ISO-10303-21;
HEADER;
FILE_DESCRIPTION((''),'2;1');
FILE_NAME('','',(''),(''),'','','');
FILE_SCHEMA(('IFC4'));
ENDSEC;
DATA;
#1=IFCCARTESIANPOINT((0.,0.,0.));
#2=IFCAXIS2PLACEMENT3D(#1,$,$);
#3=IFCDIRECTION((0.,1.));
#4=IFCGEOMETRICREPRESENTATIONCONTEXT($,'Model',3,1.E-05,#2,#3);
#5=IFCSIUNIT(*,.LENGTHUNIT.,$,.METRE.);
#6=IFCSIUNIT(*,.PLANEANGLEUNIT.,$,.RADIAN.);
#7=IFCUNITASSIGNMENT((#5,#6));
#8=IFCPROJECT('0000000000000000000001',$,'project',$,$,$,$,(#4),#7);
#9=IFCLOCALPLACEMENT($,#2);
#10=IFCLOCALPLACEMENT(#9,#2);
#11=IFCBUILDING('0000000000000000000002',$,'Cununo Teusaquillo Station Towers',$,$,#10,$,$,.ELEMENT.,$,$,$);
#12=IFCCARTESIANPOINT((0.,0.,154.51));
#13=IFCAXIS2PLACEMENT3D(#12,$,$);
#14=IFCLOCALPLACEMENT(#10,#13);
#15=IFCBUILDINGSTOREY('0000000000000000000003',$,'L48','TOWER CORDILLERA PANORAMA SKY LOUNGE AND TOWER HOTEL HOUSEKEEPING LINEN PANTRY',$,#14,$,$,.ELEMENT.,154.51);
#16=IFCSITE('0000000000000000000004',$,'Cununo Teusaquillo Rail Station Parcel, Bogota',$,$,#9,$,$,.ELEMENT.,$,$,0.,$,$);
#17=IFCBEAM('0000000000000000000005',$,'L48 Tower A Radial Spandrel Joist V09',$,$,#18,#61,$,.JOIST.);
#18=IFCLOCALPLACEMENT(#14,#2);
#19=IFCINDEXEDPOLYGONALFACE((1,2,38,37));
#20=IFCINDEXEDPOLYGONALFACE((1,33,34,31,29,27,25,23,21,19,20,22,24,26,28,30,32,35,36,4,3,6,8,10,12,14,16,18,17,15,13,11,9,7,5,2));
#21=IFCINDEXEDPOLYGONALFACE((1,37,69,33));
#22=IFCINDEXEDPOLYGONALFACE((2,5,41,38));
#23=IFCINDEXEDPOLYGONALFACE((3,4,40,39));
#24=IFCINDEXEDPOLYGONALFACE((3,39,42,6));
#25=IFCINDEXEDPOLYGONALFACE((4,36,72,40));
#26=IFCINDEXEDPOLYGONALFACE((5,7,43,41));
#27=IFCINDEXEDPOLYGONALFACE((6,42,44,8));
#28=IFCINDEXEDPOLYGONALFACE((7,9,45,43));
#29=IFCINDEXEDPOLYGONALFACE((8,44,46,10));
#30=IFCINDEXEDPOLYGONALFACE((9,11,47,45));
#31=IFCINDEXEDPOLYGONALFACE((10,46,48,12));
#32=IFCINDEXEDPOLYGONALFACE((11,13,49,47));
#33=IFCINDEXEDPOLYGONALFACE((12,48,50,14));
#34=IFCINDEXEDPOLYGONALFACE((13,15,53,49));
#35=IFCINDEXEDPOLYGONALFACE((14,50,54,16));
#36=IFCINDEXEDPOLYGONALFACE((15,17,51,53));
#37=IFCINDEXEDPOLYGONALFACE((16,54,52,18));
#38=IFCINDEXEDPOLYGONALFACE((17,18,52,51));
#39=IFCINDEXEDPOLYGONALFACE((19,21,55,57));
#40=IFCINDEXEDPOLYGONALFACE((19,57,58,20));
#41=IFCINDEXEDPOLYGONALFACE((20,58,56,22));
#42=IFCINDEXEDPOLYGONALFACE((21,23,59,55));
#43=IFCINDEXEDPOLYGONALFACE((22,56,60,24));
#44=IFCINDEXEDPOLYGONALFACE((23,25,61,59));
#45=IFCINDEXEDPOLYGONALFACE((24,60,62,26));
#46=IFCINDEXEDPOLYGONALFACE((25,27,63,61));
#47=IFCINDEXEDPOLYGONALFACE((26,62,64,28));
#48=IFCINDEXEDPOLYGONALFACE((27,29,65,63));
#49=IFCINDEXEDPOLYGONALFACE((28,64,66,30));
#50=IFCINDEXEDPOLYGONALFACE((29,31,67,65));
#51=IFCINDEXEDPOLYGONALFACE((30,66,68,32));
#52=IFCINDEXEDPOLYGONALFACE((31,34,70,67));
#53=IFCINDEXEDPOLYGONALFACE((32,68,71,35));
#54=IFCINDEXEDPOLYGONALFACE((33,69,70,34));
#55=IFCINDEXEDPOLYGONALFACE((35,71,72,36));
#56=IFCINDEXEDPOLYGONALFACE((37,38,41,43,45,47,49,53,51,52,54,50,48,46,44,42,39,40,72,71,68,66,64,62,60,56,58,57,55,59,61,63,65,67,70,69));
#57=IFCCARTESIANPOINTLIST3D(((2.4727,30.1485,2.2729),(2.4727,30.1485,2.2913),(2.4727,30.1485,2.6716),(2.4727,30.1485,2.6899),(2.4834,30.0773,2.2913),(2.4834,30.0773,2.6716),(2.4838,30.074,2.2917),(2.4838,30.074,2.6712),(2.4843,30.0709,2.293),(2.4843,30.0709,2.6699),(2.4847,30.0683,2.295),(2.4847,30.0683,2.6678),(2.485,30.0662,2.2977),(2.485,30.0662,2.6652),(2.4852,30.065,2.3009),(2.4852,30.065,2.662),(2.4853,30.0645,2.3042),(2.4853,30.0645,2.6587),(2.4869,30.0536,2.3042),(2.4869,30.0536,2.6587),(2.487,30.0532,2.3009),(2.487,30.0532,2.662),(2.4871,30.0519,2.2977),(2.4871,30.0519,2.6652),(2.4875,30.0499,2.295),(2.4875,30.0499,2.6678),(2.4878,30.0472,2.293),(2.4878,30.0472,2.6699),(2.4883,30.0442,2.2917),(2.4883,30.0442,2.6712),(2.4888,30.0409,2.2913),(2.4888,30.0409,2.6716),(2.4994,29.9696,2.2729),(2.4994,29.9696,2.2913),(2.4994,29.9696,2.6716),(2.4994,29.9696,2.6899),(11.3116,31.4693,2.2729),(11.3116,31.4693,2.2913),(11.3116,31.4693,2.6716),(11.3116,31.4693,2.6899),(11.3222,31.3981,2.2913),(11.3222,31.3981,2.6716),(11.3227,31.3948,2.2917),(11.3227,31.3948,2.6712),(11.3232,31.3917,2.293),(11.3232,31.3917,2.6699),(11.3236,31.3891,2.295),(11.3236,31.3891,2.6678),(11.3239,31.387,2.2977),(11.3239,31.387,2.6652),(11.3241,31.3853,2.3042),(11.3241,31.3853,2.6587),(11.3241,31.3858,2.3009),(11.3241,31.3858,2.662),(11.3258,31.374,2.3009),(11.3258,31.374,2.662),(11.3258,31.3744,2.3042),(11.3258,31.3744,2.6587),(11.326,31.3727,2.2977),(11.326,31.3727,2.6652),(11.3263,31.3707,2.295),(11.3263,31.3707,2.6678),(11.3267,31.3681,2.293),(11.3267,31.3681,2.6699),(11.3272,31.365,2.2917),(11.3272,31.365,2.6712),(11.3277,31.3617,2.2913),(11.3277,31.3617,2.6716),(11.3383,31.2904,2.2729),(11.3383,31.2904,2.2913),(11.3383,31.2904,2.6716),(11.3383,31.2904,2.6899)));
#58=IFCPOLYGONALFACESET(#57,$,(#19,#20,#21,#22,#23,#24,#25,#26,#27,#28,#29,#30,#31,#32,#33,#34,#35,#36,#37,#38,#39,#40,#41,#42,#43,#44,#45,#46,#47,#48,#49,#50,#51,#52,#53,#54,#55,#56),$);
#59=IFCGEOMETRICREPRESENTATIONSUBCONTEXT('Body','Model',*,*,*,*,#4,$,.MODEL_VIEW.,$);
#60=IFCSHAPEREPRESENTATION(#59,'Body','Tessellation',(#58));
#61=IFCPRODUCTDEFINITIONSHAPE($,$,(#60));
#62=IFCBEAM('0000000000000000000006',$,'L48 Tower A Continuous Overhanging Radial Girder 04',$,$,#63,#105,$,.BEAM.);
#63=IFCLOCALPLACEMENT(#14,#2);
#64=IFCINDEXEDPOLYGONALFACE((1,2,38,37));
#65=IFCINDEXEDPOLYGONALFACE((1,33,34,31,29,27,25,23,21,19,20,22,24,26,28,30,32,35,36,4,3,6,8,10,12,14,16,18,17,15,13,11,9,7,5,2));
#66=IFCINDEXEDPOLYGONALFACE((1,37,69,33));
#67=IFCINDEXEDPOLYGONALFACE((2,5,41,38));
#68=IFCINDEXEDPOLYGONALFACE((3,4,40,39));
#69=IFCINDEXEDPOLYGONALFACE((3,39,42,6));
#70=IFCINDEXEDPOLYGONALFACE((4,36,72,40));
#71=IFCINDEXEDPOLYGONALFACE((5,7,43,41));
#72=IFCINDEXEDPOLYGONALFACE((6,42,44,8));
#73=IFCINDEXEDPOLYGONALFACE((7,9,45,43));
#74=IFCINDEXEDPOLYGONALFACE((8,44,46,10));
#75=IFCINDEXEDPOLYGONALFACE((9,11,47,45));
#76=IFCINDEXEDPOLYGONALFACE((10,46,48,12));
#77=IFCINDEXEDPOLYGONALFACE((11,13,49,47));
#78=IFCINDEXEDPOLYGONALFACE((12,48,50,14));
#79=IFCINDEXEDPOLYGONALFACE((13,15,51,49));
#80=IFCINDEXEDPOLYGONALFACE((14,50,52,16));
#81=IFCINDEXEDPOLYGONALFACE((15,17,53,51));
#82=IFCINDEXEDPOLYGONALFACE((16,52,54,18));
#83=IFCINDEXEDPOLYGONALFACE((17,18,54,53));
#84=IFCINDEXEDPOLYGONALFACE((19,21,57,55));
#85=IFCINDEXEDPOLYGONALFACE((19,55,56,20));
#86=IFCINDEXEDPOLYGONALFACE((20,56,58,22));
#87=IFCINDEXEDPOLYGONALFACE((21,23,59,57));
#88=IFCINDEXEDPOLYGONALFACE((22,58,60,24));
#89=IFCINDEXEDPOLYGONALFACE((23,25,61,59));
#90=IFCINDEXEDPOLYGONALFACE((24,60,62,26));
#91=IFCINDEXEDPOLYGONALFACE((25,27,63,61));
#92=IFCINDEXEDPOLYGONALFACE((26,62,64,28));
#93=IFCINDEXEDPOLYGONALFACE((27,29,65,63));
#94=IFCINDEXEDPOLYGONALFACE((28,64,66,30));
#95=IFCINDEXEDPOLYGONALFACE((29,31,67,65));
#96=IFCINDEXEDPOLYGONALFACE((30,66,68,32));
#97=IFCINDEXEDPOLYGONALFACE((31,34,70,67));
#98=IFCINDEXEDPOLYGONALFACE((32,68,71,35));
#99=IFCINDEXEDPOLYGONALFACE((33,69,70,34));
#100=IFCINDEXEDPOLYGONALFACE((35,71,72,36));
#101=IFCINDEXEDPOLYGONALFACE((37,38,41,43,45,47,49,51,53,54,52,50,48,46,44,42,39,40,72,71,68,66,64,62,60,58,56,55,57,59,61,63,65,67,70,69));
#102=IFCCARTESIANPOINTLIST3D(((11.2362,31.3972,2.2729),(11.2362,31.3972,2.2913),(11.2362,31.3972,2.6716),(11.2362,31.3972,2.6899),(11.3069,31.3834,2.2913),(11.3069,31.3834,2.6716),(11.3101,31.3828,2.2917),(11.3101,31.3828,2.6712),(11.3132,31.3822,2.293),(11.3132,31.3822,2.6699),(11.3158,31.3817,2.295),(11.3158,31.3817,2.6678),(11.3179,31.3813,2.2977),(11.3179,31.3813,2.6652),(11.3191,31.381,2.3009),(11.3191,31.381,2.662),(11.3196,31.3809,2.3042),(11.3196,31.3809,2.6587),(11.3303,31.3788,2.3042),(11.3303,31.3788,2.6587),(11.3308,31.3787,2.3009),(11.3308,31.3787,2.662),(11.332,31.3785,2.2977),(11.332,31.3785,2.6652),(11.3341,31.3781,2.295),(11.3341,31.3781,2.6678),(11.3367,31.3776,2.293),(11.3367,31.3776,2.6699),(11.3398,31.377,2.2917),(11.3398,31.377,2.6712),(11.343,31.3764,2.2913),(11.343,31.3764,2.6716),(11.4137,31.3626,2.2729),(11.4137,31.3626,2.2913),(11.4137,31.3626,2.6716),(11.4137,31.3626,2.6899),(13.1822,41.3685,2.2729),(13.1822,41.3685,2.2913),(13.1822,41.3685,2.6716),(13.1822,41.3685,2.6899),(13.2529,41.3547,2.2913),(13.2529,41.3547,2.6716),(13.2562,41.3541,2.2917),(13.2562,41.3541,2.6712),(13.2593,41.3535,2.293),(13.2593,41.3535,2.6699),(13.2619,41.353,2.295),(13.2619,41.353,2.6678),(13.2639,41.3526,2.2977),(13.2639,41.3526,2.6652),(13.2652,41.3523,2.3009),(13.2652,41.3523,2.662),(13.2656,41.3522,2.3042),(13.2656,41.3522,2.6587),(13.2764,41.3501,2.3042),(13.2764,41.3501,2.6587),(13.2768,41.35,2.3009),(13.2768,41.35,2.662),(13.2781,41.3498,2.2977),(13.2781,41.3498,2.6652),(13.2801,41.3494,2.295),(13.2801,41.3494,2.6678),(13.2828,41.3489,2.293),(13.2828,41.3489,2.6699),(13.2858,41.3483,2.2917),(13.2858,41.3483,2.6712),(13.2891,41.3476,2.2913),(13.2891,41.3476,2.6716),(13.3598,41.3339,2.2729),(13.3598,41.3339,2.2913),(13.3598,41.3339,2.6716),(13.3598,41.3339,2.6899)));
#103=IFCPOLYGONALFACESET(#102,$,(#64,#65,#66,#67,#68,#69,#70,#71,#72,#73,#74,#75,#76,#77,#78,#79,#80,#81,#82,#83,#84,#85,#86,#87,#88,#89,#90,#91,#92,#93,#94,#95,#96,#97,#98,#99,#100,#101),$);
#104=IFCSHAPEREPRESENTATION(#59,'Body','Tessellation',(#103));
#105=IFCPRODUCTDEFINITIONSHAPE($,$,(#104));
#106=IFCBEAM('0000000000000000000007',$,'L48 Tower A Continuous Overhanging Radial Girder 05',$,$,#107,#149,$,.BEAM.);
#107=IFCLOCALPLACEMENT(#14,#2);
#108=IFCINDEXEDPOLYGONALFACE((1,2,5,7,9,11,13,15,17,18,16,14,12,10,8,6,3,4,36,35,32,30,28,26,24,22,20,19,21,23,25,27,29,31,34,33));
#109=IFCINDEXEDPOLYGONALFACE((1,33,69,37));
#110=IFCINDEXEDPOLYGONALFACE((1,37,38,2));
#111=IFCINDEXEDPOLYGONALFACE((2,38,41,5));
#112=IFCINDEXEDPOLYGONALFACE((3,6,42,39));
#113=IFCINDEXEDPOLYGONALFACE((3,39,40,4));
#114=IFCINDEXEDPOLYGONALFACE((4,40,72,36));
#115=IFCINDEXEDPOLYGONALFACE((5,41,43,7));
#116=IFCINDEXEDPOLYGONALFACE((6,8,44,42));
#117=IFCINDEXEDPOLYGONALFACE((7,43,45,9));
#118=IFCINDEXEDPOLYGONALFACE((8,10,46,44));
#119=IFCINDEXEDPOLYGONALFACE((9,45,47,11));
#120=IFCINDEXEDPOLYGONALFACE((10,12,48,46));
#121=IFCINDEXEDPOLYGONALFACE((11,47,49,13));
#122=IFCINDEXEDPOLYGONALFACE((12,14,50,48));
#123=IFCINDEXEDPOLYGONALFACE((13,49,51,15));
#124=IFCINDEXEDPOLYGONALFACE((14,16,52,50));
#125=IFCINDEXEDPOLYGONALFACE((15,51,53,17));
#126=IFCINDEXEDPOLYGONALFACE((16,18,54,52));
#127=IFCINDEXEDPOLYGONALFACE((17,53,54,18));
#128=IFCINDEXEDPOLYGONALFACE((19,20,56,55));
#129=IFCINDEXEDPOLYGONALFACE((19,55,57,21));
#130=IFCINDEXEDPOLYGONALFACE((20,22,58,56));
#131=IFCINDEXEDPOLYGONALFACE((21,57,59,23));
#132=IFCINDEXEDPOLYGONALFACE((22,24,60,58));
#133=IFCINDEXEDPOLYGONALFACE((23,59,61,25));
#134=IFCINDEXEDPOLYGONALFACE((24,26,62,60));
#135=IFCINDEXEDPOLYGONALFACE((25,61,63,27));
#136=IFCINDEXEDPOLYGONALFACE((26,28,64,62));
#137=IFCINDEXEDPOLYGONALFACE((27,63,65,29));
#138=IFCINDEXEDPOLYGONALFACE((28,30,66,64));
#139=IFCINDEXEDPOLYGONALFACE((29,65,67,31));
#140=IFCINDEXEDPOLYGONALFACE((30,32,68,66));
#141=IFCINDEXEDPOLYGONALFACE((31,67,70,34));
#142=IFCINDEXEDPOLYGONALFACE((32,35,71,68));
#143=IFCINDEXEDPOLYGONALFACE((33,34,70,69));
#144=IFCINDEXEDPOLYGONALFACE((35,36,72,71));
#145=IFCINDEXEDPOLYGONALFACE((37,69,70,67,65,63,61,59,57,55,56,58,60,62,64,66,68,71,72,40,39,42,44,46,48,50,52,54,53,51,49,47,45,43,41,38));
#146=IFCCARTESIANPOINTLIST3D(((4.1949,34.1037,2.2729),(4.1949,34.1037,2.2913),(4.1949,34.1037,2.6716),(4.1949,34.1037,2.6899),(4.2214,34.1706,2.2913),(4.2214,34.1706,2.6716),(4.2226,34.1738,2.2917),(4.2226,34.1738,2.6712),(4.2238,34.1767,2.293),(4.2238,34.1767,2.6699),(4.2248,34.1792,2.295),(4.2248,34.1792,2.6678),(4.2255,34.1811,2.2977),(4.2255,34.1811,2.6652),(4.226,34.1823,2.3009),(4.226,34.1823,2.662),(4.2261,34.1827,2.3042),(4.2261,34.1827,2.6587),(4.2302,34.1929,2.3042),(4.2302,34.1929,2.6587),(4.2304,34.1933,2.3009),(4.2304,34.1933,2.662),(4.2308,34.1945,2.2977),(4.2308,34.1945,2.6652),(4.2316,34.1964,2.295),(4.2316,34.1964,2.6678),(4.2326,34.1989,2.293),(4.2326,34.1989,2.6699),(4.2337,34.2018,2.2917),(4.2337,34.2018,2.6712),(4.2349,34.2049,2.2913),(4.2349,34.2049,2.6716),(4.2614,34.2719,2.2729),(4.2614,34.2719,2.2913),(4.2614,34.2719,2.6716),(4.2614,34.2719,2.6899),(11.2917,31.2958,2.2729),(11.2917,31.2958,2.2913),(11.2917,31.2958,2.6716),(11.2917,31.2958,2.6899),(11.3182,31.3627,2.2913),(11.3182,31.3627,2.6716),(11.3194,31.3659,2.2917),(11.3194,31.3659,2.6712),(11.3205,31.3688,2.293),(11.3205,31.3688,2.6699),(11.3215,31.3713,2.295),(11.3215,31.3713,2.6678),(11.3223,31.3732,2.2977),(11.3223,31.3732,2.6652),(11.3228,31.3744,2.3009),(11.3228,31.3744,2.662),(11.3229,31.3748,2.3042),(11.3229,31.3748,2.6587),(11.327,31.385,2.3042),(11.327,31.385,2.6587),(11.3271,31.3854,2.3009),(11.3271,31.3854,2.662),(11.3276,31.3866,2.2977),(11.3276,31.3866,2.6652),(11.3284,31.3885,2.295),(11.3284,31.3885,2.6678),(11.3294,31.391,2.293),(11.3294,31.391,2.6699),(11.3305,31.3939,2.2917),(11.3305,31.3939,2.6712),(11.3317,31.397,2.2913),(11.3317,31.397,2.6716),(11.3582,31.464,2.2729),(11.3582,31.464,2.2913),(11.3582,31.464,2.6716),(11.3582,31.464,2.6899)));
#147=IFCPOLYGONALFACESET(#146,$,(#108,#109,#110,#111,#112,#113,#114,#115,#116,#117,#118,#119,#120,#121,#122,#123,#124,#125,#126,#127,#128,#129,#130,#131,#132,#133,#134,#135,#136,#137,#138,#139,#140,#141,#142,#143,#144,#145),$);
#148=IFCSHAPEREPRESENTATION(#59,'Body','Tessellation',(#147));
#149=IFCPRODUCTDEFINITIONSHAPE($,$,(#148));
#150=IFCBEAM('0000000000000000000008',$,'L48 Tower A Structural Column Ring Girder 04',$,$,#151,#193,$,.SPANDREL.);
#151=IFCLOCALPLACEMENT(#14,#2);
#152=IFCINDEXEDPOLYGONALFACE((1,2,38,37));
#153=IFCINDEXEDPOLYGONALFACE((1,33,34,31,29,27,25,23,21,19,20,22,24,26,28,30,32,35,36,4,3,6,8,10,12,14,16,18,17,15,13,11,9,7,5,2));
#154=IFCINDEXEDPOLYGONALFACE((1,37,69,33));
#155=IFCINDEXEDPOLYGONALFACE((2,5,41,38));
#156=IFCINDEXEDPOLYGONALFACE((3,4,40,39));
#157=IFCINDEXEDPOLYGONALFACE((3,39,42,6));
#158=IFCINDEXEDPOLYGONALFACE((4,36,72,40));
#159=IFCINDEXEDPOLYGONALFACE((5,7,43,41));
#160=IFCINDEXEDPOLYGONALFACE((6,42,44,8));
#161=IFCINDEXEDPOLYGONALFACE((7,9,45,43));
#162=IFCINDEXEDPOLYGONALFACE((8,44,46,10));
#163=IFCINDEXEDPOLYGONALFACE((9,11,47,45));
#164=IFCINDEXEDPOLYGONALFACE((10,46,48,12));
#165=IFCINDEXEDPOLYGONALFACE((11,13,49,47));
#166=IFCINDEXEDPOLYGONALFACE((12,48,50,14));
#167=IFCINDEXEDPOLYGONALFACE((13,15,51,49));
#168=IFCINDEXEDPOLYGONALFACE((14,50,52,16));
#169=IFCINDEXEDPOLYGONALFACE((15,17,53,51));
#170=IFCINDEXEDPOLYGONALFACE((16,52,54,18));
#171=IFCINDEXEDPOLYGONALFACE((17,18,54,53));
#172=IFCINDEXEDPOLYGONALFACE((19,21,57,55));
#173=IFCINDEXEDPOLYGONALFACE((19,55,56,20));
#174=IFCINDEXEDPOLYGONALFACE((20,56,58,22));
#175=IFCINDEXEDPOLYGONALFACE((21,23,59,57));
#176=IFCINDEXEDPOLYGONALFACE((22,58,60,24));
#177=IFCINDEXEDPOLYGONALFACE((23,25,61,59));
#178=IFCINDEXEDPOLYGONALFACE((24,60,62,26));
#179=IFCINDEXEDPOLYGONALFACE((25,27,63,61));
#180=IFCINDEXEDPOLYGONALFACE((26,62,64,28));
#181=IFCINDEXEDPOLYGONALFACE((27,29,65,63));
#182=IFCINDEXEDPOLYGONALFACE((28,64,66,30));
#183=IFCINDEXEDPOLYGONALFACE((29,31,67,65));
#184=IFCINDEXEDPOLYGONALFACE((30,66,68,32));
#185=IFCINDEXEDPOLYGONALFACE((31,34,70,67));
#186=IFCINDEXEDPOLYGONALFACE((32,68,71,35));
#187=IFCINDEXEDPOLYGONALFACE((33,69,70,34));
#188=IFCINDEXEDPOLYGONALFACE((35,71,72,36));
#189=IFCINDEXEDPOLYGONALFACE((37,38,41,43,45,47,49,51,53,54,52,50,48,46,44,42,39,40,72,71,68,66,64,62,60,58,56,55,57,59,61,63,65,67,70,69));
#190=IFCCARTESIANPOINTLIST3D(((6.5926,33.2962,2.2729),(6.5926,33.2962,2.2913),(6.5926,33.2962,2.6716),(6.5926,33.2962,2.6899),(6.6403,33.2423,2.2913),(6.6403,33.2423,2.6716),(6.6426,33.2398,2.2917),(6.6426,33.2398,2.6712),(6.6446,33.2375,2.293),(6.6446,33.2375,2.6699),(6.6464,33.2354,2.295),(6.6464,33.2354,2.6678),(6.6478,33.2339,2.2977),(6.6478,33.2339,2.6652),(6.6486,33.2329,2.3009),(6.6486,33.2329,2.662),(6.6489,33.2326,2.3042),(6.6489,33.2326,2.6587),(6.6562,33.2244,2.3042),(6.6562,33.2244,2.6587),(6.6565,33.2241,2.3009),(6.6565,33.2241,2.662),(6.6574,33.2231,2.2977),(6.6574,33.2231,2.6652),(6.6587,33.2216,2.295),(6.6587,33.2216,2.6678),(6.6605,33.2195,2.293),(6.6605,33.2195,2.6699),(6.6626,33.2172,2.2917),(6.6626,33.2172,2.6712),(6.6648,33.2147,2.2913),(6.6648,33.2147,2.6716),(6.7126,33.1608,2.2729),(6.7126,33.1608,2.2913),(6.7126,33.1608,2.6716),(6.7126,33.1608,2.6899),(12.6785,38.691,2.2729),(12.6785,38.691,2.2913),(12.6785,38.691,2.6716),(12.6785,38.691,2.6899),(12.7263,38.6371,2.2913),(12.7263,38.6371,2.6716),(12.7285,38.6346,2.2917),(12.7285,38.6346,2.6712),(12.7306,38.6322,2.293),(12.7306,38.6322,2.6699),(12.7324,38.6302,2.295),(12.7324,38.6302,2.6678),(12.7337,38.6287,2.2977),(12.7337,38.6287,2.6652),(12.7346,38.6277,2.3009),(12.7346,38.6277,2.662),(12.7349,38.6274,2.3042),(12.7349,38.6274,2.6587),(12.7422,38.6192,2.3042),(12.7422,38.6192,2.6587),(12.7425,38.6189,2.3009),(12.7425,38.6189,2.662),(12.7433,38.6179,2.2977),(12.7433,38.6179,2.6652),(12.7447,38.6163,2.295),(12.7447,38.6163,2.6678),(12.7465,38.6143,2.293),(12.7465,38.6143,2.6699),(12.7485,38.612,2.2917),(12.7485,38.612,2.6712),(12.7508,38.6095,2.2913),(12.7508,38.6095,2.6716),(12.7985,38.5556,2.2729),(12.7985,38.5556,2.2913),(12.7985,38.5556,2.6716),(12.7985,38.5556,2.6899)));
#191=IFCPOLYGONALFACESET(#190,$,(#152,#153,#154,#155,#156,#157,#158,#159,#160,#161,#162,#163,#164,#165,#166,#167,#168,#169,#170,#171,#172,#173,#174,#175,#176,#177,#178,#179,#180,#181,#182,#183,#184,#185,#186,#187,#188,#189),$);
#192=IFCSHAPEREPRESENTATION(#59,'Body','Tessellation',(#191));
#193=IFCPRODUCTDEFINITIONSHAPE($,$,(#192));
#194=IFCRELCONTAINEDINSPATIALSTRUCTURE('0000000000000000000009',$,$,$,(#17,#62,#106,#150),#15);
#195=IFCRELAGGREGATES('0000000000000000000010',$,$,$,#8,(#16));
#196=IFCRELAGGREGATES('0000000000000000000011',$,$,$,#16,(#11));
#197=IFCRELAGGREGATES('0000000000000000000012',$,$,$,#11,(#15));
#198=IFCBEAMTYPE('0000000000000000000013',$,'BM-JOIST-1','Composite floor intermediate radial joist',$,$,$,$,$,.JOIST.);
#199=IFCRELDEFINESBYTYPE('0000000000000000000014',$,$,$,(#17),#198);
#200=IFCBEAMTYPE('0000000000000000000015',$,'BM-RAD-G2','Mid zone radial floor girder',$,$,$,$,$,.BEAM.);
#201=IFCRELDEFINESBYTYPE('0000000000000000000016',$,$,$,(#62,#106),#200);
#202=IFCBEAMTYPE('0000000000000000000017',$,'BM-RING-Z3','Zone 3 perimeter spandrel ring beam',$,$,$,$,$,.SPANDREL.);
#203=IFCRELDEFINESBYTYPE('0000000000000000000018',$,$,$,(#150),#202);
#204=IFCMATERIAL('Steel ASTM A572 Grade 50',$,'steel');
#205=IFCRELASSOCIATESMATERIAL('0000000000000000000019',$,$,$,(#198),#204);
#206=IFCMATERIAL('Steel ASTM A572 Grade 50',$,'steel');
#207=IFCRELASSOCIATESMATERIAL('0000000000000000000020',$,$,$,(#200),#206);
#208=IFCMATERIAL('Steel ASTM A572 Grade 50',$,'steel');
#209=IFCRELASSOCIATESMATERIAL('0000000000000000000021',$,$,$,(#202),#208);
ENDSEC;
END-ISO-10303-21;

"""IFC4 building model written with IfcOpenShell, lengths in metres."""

from ifc_helpers import new_model, si_unit, direction, frame, origin, origin_2d, place, context, subcontext, project, spatial, i_section, extrude, material, material_profile, profile_set, type_object, element, save


model = new_model("IFC4")

# Units and contexts
model_context = context("Model", 3, precision=1e-05, world=origin(), true_north=direction((0.0, 1.0)))
body_context = subcontext(model_context, "Body", "Model", "MODEL_VIEW")
ifc_project = project(units=[si_unit("LENGTHUNIT", "METRE"), si_unit("PLANEANGLEUNIT", "RADIAN")], contexts=[model_context])

# Site, building, storey
site_placement = place(None, origin())
site = spatial("IfcSite", under=ifc_project, at=site_placement, Name="Cununo Teusaquillo Rail Station Parcel, Bogota", CompositionType="ELEMENT", RefElevation=0.0)
building_placement = place(site_placement, origin())
building = spatial("IfcBuilding", under=site, at=building_placement, Name="Cununo Teusaquillo Station Towers", CompositionType="ELEMENT")
storey_placement = place(building_placement, frame((0.0, 0.0, 154.51)))
storey = spatial("IfcBuildingStorey", under=building, at=storey_placement, Name="L48", Description="TOWER CORDILLERA PANORAMA SKY LOUNGE AND TOWER HOTEL HOUSEKEEPING LINEN PANTRY", CompositionType="ELEMENT", Elevation=154.51)

# Beams
ifc_material_1 = material(Name="Steel ASTM A572 Grade 50", Category="steel")
ifc_material_profile_1 = material_profile(ifc_material_1, i_section(OverallWidth=0.1809, OverallDepth=0.417, WebThickness=0.011, FlangeThickness=0.0183, FilletRadius=0.0129, at=origin_2d()), Name="W16X57")
ifc_profile_set_1 = profile_set([ifc_material_profile_1], Name="Steel ASTM A572 Grade 50")
beam_type_1 = type_object("IfcBeamType", Name="BM-JOIST-1", Description="Composite floor intermediate radial joist", PredefinedType="JOIST", material=ifc_profile_set_1)
beam_1_placement = place(storey_placement, frame((11.325, 31.3799, 2.4814), z_axis=(-0.989019, -0.14779, 0.0), x_axis=(0.14779, -0.989019, 0.0)))
element("IfcBeam", 1, at=beam_1_placement, inside=storey, type_object=beam_type_1, Name="L48 Tower A Radial Spandrel Joist V09", PredefinedType="JOIST", context=body_context, shape_type="SweptSolid", body=[
    extrude(i_section(OverallWidth=0.1809, OverallDepth=0.417, WebThickness=0.011, FlangeThickness=0.0183, FilletRadius=0.0129, at=origin_2d()), origin(), (0.0, 0.0, 1.0), 8.937),
])
ifc_material_2 = material(Name="Steel ASTM A572 Grade 50", Category="steel")
ifc_material_profile_2 = material_profile(ifc_material_2, i_section(OverallWidth=0.1809, OverallDepth=0.417, WebThickness=0.011, FlangeThickness=0.0183, FilletRadius=0.0129, at=origin_2d()), Name="W16X57")
ifc_profile_set_2 = profile_set([ifc_material_profile_2], Name="Steel ASTM A572 Grade 50")
beam_type_2 = type_object("IfcBeamType", Name="BM-RAD-G2", Description="Mid zone radial floor girder", PredefinedType="BEAM", material=ifc_profile_set_2)
beam_2_placement = place(storey_placement, frame((11.325, 31.3799, 2.4814), z_axis=(0.191553, 0.981482, 0.0), x_axis=(-0.981482, 0.191553, 0.0)))
element("IfcBeam", 2, at=beam_2_placement, inside=storey, type_object=beam_type_2, Name="L48 Tower A Continuous Overhanging Radial Girder 04", PredefinedType="BEAM", context=body_context, shape_type="SweptSolid", body=[
    extrude(i_section(OverallWidth=0.1809, OverallDepth=0.417, WebThickness=0.011, FlangeThickness=0.0183, FilletRadius=0.0129, at=origin_2d()), origin(), (0.0, 0.0, 1.0), 10.1594),
])
beam_3_placement = place(storey_placement, frame((11.325, 31.3799, 2.4814), z_axis=(-0.929862, 0.367908, 0.0), x_axis=(-0.367908, -0.929862, 0.0)))
element("IfcBeam", 3, at=beam_3_placement, inside=storey, type_object=beam_type_2, Name="L48 Tower A Continuous Overhanging Radial Girder 05", PredefinedType="BEAM", context=body_context, shape_type="SweptSolid", body=[
    extrude(i_section(OverallWidth=0.1809, OverallDepth=0.417, WebThickness=0.011, FlangeThickness=0.0183, FilletRadius=0.0129, at=origin_2d()), origin(), (0.0, 0.0, 1.0), 7.6321),
])
ifc_material_3 = material(Name="Steel ASTM A572 Grade 50", Category="steel")
ifc_material_profile_3 = material_profile(ifc_material_3, i_section(OverallWidth=0.1809, OverallDepth=0.417, WebThickness=0.011, FlangeThickness=0.0183, FilletRadius=0.0129, at=origin_2d()), Name="W16X57")
ifc_profile_set_3 = profile_set([ifc_material_profile_3], Name="Steel ASTM A572 Grade 50")
beam_type_3 = type_object("IfcBeamType", Name="BM-RING-Z3", Description="Zone 3 perimeter spandrel ring beam", PredefinedType="SPANDREL", material=ifc_profile_set_3)
beam_4_placement = place(storey_placement, frame((12.7385, 38.6233, 2.4814), z_axis=(-0.748321, -0.663337, 0.0), x_axis=(0.663337, -0.748321, 0.0)))
element("IfcBeam", 4, at=beam_4_placement, inside=storey, type_object=beam_type_3, Name="L48 Tower A Structural Column Ring Girder 04", PredefinedType="SPANDREL", context=body_context, shape_type="SweptSolid", body=[
    extrude(i_section(OverallWidth=0.1809, OverallDepth=0.417, WebThickness=0.011, FlangeThickness=0.0183, FilletRadius=0.0129, at=origin_2d()), origin(), (0.0, 0.0, 1.0), 8.1328),
])

save(model, "model.ifc")
